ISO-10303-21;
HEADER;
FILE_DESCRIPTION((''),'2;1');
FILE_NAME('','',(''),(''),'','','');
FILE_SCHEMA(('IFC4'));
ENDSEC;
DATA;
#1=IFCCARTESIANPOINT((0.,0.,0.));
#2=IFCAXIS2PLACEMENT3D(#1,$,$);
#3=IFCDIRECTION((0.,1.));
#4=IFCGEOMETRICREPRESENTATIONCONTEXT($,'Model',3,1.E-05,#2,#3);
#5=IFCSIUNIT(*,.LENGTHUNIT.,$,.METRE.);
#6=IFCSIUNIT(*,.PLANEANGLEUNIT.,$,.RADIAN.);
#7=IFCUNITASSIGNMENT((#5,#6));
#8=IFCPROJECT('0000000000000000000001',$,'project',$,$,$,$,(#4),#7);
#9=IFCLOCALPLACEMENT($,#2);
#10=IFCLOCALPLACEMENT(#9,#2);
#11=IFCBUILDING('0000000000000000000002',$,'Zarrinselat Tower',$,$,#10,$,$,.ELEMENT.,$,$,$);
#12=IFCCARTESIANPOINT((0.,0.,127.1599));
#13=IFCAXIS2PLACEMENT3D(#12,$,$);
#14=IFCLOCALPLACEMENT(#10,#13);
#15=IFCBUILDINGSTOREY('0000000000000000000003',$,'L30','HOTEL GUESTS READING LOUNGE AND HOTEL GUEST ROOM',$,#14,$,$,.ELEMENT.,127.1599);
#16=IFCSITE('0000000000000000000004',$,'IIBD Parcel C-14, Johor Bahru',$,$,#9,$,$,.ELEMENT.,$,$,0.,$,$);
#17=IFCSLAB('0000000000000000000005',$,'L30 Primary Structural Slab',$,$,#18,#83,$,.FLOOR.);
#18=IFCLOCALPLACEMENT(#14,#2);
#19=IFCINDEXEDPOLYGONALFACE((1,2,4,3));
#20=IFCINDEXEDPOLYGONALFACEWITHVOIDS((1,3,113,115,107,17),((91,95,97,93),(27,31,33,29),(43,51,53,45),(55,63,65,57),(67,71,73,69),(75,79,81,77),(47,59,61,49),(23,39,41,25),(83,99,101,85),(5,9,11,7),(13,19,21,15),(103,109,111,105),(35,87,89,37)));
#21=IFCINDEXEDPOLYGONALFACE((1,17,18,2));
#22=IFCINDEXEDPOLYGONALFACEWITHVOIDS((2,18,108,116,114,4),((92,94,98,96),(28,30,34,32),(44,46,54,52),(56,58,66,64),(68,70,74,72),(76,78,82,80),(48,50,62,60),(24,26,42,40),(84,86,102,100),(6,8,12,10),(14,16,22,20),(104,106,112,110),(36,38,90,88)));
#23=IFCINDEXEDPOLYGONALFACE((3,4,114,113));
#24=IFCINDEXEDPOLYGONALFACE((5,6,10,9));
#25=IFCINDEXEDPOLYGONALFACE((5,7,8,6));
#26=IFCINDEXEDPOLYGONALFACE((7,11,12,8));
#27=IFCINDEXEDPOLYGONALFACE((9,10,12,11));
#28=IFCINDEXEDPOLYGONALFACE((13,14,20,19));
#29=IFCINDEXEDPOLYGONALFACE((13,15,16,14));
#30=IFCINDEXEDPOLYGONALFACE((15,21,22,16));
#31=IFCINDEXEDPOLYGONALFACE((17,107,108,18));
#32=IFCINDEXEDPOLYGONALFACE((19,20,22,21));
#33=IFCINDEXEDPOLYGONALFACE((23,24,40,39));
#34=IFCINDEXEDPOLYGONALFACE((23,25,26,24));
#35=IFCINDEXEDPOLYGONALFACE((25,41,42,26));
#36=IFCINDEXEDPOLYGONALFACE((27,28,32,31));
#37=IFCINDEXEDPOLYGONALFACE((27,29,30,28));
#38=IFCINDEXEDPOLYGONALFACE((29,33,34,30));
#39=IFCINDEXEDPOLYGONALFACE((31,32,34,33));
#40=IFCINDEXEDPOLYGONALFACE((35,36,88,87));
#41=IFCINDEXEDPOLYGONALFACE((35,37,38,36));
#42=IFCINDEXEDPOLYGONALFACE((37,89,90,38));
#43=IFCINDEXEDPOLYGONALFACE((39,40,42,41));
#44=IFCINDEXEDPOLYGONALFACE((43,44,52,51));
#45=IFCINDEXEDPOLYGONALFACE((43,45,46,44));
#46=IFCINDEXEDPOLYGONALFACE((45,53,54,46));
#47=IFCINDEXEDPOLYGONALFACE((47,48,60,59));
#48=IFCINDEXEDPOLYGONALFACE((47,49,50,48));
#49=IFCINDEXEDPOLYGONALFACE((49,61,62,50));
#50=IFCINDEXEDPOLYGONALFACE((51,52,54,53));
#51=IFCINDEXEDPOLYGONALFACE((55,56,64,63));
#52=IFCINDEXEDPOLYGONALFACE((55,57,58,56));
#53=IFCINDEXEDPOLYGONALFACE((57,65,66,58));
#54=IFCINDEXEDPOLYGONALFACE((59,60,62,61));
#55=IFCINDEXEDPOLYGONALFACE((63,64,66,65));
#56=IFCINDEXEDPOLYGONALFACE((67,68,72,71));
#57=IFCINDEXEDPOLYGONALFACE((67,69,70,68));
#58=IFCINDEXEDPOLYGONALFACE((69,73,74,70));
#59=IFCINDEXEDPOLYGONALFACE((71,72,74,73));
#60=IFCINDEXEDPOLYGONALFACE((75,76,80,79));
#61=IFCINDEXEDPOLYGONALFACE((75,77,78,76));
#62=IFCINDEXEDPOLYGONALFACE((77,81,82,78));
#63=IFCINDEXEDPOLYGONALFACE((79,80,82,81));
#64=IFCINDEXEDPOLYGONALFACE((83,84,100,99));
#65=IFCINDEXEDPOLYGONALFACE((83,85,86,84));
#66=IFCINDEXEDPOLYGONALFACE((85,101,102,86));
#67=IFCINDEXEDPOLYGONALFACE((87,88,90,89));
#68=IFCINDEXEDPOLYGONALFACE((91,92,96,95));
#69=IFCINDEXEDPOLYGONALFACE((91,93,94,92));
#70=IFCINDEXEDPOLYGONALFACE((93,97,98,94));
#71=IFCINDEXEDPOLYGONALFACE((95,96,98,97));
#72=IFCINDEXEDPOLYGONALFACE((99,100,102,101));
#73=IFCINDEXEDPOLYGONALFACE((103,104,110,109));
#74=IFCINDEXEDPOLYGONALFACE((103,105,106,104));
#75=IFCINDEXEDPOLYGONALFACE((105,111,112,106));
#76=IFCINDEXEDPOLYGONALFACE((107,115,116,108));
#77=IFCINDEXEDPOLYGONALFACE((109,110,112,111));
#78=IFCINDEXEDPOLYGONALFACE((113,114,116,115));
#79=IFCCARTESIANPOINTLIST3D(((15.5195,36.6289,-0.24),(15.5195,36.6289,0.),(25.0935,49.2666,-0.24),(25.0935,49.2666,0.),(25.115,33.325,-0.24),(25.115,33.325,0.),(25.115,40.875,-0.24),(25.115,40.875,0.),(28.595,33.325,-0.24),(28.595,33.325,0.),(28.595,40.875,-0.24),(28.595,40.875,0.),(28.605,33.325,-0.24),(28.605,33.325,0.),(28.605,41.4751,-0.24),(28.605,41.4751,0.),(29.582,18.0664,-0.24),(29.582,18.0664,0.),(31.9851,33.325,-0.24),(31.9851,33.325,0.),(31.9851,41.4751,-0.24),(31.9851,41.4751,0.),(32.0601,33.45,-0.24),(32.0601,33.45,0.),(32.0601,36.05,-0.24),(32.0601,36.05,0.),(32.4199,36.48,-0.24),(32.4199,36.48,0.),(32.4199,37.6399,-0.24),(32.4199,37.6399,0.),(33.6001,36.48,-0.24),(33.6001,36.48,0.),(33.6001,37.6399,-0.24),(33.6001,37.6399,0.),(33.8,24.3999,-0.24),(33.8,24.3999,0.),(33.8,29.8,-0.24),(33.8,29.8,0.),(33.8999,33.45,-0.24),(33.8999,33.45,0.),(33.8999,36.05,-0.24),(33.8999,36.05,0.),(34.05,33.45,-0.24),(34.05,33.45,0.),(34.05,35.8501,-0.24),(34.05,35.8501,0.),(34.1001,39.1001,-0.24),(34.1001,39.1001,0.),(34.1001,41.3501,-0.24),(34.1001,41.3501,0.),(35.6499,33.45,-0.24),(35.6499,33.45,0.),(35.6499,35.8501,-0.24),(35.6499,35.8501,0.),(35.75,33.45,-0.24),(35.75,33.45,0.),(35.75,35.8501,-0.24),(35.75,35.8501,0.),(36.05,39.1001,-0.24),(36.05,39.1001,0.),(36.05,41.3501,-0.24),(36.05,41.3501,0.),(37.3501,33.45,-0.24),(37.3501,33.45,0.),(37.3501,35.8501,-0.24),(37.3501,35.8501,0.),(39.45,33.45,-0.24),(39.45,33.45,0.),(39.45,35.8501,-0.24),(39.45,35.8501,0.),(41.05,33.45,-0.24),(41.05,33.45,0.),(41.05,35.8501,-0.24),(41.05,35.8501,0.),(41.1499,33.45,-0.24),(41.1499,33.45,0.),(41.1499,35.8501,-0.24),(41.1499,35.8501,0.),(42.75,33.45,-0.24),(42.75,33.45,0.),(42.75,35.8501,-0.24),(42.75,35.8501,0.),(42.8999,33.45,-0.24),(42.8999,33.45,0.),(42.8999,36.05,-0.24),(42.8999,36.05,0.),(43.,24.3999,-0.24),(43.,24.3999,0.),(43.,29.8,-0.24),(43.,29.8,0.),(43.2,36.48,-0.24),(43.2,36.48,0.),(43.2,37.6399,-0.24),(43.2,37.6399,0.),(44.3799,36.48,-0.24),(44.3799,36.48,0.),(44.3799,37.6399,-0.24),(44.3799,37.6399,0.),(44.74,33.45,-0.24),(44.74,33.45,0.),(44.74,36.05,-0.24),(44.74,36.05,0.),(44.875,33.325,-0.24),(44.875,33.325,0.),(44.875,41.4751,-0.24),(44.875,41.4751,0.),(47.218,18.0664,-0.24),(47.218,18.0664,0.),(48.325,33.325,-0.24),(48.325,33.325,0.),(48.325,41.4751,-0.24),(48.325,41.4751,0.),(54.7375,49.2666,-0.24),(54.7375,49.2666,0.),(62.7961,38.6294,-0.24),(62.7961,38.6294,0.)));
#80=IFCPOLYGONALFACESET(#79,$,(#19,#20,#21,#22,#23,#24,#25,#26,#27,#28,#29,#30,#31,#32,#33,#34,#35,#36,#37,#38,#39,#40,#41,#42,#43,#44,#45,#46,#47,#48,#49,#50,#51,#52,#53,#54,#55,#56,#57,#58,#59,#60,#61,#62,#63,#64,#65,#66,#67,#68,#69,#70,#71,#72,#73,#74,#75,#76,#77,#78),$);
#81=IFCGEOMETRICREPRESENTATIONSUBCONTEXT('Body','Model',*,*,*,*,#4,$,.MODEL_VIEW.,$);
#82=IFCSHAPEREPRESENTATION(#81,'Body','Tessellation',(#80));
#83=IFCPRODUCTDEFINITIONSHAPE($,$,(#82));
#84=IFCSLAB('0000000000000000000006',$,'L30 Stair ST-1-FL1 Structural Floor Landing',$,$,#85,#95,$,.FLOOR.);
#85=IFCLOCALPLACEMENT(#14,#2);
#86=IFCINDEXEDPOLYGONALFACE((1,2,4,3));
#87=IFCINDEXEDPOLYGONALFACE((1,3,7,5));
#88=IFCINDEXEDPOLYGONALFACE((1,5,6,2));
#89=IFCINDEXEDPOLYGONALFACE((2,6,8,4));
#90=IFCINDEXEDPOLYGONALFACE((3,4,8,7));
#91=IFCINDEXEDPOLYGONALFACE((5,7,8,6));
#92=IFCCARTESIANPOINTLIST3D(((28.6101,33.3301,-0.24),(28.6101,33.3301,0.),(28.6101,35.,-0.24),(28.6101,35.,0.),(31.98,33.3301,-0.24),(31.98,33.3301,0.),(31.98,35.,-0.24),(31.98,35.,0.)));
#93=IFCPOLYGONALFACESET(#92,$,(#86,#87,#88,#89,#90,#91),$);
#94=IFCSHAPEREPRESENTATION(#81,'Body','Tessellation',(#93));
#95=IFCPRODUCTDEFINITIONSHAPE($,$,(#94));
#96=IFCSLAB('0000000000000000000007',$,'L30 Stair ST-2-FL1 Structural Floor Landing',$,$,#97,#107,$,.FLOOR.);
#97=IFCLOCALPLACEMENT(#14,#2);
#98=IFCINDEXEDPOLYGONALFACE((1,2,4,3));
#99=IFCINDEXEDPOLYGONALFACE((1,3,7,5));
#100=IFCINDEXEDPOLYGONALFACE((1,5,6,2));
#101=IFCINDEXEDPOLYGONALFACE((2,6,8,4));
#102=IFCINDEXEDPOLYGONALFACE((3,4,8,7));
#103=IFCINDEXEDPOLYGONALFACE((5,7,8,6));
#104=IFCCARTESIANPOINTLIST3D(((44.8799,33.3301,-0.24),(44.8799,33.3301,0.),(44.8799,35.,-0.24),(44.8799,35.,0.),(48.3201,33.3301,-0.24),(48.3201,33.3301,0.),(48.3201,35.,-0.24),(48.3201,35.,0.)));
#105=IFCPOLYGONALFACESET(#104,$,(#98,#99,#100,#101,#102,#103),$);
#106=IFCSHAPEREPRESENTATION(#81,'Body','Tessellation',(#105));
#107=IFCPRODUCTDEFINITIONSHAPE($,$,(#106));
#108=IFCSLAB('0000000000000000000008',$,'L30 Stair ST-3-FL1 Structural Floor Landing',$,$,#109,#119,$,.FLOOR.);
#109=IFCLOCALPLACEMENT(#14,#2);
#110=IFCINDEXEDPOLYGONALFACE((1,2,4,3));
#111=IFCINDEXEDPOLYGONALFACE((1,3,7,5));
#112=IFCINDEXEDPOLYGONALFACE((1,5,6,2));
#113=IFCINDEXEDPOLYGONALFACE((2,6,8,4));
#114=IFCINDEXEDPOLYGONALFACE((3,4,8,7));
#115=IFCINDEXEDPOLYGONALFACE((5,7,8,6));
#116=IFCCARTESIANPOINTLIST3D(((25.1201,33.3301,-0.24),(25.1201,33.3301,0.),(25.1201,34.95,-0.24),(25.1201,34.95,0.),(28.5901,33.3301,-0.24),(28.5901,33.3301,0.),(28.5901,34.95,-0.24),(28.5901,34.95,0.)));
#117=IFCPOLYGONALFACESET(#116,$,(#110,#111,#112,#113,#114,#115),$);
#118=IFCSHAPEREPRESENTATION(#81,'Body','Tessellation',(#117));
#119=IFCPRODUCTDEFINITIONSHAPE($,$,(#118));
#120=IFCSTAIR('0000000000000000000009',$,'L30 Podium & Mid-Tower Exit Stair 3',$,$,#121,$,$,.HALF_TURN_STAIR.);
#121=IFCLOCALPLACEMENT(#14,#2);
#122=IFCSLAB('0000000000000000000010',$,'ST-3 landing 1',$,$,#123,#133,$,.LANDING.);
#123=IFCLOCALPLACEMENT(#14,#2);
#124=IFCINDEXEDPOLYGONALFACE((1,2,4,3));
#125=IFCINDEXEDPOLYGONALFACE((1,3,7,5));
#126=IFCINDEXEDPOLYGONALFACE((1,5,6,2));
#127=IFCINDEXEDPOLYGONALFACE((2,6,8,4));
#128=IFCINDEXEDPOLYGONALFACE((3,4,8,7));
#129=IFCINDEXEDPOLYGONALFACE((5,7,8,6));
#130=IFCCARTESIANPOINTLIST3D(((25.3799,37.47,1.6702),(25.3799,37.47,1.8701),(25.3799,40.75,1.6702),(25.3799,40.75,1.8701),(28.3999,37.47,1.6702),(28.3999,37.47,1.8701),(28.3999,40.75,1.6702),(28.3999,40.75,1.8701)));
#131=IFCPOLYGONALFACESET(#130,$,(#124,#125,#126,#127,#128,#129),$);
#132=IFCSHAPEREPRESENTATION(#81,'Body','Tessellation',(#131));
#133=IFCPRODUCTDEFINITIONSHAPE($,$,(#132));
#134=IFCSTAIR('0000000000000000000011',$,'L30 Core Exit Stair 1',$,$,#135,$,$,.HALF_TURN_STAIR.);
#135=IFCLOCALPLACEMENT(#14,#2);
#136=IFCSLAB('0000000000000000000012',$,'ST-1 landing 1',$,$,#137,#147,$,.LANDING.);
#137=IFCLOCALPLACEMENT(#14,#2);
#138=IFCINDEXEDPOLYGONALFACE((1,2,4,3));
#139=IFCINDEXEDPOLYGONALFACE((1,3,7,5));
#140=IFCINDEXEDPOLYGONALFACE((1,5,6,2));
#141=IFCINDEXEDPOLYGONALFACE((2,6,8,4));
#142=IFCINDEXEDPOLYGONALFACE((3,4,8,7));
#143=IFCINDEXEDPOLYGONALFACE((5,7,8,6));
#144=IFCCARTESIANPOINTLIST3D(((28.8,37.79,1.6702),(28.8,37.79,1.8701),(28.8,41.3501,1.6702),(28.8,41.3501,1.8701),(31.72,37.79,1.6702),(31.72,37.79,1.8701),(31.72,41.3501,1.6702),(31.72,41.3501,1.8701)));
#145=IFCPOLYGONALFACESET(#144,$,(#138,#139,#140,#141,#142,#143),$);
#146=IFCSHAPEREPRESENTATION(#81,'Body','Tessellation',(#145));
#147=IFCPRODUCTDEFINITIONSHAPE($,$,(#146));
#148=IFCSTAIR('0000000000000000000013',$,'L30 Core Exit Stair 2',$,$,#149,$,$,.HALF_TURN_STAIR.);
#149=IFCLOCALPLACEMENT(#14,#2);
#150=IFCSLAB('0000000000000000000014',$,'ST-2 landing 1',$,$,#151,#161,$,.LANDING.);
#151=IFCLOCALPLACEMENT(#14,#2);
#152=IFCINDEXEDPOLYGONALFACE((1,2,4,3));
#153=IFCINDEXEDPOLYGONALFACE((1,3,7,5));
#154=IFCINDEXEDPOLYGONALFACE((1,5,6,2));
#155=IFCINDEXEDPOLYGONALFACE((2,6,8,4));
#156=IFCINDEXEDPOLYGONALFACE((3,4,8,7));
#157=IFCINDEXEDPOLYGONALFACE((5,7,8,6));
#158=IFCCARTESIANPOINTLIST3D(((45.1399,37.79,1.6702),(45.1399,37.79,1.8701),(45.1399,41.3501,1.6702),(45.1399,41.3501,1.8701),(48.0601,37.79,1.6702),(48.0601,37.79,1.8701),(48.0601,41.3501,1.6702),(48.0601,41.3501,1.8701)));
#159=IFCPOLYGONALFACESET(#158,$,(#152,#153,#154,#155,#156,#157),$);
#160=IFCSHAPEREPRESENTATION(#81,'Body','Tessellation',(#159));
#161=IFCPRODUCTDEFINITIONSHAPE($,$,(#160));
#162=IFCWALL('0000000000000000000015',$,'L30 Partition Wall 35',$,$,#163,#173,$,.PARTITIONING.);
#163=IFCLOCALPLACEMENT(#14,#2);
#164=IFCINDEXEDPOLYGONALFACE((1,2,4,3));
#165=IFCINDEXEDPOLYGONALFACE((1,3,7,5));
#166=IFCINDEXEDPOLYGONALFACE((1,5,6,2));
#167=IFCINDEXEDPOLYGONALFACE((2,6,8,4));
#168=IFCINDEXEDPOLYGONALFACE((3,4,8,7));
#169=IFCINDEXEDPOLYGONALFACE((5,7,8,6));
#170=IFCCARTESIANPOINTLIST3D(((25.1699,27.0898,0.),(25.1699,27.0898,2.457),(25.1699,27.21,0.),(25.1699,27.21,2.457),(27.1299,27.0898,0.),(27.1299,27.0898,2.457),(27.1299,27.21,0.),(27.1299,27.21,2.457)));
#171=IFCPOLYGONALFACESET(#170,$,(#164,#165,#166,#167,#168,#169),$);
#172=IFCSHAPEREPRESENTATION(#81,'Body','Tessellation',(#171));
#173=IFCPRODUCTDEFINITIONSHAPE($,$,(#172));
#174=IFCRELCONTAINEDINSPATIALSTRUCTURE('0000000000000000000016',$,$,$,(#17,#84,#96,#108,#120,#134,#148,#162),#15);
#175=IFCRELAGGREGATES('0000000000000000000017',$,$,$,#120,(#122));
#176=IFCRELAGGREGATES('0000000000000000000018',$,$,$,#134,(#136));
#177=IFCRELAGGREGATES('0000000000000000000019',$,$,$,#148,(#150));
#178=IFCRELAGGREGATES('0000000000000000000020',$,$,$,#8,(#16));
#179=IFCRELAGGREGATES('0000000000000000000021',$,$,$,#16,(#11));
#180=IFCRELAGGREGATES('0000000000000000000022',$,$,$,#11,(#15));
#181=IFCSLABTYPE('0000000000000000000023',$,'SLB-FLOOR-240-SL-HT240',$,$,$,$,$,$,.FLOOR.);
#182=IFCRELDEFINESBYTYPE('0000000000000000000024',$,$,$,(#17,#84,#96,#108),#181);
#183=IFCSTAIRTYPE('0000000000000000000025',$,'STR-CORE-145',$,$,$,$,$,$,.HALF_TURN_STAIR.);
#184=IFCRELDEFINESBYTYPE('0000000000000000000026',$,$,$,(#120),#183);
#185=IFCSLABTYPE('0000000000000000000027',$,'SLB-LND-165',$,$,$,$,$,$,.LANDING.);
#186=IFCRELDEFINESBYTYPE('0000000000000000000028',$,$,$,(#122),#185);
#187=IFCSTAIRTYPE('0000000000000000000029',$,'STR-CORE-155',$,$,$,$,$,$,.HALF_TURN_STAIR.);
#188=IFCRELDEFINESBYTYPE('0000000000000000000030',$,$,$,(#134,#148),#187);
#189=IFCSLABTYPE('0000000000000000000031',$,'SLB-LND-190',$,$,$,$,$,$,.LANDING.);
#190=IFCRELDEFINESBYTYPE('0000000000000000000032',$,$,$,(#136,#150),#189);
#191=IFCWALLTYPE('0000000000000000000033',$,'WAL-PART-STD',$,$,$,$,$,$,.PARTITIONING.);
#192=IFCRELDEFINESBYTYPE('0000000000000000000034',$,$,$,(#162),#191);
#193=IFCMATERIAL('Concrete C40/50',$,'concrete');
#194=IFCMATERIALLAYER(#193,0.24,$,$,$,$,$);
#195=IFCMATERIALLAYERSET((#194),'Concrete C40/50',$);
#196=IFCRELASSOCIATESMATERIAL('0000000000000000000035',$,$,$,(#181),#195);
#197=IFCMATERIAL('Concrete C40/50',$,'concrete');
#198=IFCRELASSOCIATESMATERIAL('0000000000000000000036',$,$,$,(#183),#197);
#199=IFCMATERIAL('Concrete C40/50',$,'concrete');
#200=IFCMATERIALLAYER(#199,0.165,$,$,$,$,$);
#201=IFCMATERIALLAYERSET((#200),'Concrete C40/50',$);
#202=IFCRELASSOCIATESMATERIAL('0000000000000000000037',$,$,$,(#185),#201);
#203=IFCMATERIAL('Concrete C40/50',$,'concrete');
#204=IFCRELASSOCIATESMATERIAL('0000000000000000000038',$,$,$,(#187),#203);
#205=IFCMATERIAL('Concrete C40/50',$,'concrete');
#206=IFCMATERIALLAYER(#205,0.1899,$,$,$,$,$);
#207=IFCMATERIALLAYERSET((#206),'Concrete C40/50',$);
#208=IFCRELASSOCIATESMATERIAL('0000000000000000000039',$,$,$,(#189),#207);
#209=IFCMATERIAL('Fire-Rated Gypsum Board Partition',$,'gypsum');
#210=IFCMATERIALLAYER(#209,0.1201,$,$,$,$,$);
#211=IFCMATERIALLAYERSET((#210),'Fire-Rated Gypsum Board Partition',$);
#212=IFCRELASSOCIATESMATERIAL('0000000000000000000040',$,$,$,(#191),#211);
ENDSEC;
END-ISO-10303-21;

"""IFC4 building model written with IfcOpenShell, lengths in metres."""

from ifc_helpers import new_model, si_unit, direction, frame, frame_2d, origin, place, context, subcontext, project, spatial, polyline, rectangle, outline, extrude, material, layer, layer_set, type_object, element, aggregate, save


model = new_model("IFC4")

# Units and contexts
model_context = context("Model", 3, precision=1e-05, world=origin(), true_north=direction((0.0, 1.0)))
body_context = subcontext(model_context, "Body", "Model", "MODEL_VIEW")
ifc_project = project(units=[si_unit("LENGTHUNIT", "METRE"), si_unit("PLANEANGLEUNIT", "RADIAN")], contexts=[model_context])

# Site, building, storey
site_placement = place(None, origin())
site = spatial("IfcSite", under=ifc_project, at=site_placement, Name="IIBD Parcel C-14, Johor Bahru", CompositionType="ELEMENT", RefElevation=0.0)
building_placement = place(site_placement, origin())
building = spatial("IfcBuilding", under=site, at=building_placement, Name="Zarrinselat Tower", CompositionType="ELEMENT")
storey_placement = place(building_placement, frame((0.0, 0.0, 127.1599)))
storey = spatial("IfcBuildingStorey", under=building, at=storey_placement, Name="L30", Description="HOTEL GUESTS READING LOUNGE AND HOTEL GUEST ROOM", CompositionType="ELEMENT", Elevation=127.1599)

# Slabs
ifc_material_1 = material(Name="Concrete C40/50", Category="concrete")
ifc_layer_1 = layer(ifc_material_1, 0.24)
ifc_layer_set_1 = layer_set([ifc_layer_1], Name="Concrete C40/50")
slab_type_1 = type_object("IfcSlabType", Name="SLB-FLOOR-240-SL-HT240", PredefinedType="FLOOR", material=ifc_layer_set_1)
slab_1_placement = place(storey_placement, frame((0.0, 0.0, -0.24)))
element("IfcSlab", 1, at=slab_1_placement, inside=storey, type_object=slab_type_1, Name="L30 Primary Structural Slab", PredefinedType="FLOOR", context=body_context, shape_type="SweptSolid", body=[
    extrude(outline(polyline([(54.7375, 49.2666), (25.0935, 49.2666), (15.5195, 36.6289), (29.582, 18.0664), (47.218, 18.0664), (62.7961, 38.6294), (54.7375, 49.2666)]), holes=[polyline([(35.6499, 33.45), (34.05, 33.45), (34.05, 35.8501), (35.6499, 35.8501), (35.6499, 33.45)]), polyline([(35.75, 33.45), (35.75, 35.8501), (37.3501, 35.8501), (37.3501, 33.45), (35.75, 33.45)]), polyline([(32.0601, 33.45), (32.0601, 36.05), (33.8999, 36.05), (33.8999, 33.45), (32.0601, 33.45)]), polyline([(33.6001, 36.48), (32.4199, 36.48), (32.4199, 37.6399), (33.6001, 37.6399), (33.6001, 36.48)]), polyline([(28.595, 33.325), (25.115, 33.325), (25.115, 40.875), (28.595, 40.875), (28.595, 33.325)]), polyline([(31.9851, 33.325), (28.605, 33.325), (28.605, 41.4751), (31.9851, 41.4751), (31.9851, 33.325)]), polyline([(36.05, 39.1001), (34.1001, 39.1001), (34.1001, 41.3501), (36.05, 41.3501), (36.05, 39.1001)]), polyline([(33.8, 24.3999), (33.8, 29.8), (43.0, 29.8), (43.0, 24.3999), (33.8, 24.3999)]), polyline([(39.45, 33.45), (39.45, 35.8501), (41.05, 35.8501), (41.05, 33.45), (39.45, 33.45)]), polyline([(41.1499, 33.45), (41.1499, 35.8501), (42.75, 35.8501), (42.75, 33.45), (41.1499, 33.45)]), polyline([(42.8999, 33.45), (42.8999, 36.05), (44.74, 36.05), (44.74, 33.45), (42.8999, 33.45)]), polyline([(43.2, 36.48), (43.2, 37.6399), (44.3799, 37.6399), (44.3799, 36.48), (43.2, 36.48)]), polyline([(48.325, 33.325), (44.875, 33.325), (44.875, 41.4751), (48.325, 41.4751), (48.325, 33.325)])]), origin(), (0.0, 0.0, 1.0), 0.24),
])
slab_2_placement = place(storey_placement, frame((0.0, 0.0, -0.24)))
element("IfcSlab", 2, at=slab_2_placement, inside=storey, type_object=slab_type_1, Name="L30 Stair ST-1-FL1 Structural Floor Landing", PredefinedType="FLOOR", context=body_context, shape_type="SweptSolid", body=[
    extrude(outline(polyline([(31.98, 33.3301), (31.98, 35.0), (28.6101, 35.0), (28.6101, 33.3301), (31.98, 33.3301)])), origin(), (0.0, 0.0, 1.0), 0.24),
])
slab_3_placement = place(storey_placement, frame((0.0, 0.0, -0.24)))
element("IfcSlab", 3, at=slab_3_placement, inside=storey, type_object=slab_type_1, Name="L30 Stair ST-2-FL1 Structural Floor Landing", PredefinedType="FLOOR", context=body_context, shape_type="SweptSolid", body=[
    extrude(outline(polyline([(48.3201, 33.3301), (48.3201, 35.0), (44.8799, 35.0), (44.8799, 33.3301), (48.3201, 33.3301)])), origin(), (0.0, 0.0, 1.0), 0.24),
])
slab_4_placement = place(storey_placement, frame((0.0, 0.0, -0.24)))
element("IfcSlab", 4, at=slab_4_placement, inside=storey, type_object=slab_type_1, Name="L30 Stair ST-3-FL1 Structural Floor Landing", PredefinedType="FLOOR", context=body_context, shape_type="SweptSolid", body=[
    extrude(outline(polyline([(28.5901, 33.3301), (28.5901, 34.95), (25.1201, 34.95), (25.1201, 33.3301), (28.5901, 33.3301)])), origin(), (0.0, 0.0, 1.0), 0.24),
])

# Stairs, slabs
ifc_material_2 = material(Name="Concrete C40/50", Category="concrete")
stair_type_1 = type_object("IfcStairType", Name="STR-CORE-145", PredefinedType="HALF_TURN_STAIR", material=ifc_material_2)
stair_1_placement = place(storey_placement, origin())
stair_1 = element("IfcStair", 5, at=stair_1_placement, inside=storey, type_object=stair_type_1, Name="L30 Podium & Mid-Tower Exit Stair 3", PredefinedType="HALF_TURN_STAIR")
ifc_material_3 = material(Name="Concrete C40/50", Category="concrete")
ifc_layer_2 = layer(ifc_material_3, 0.165)
ifc_layer_set_2 = layer_set([ifc_layer_2], Name="Concrete C40/50")
slab_type_2 = type_object("IfcSlabType", Name="SLB-LND-165", PredefinedType="LANDING", material=ifc_layer_set_2)
slab_5_placement = place(storey_placement, frame((0.0, 0.0, 1.6702)))
slab_5 = element("IfcSlab", 6, at=slab_5_placement, type_object=slab_type_2, Name="ST-3 landing 1", PredefinedType="LANDING", context=body_context, shape_type="SweptSolid", body=[
    extrude(outline(polyline([(28.3999, 37.47), (28.3999, 40.75), (25.3799, 40.75), (25.3799, 37.47), (28.3999, 37.47)])), origin(), (0.0, 0.0, 1.0), 0.2),
])
aggregate(stair_1, [slab_5])
ifc_material_4 = material(Name="Concrete C40/50", Category="concrete")
stair_type_2 = type_object("IfcStairType", Name="STR-CORE-155", PredefinedType="HALF_TURN_STAIR", material=ifc_material_4)
stair_2_placement = place(storey_placement, origin())
stair_2 = element("IfcStair", 7, at=stair_2_placement, inside=storey, type_object=stair_type_2, Name="L30 Core Exit Stair 1", PredefinedType="HALF_TURN_STAIR")
ifc_material_5 = material(Name="Concrete C40/50", Category="concrete")
ifc_layer_3 = layer(ifc_material_5, 0.1899)
ifc_layer_set_3 = layer_set([ifc_layer_3], Name="Concrete C40/50")
slab_type_3 = type_object("IfcSlabType", Name="SLB-LND-190", PredefinedType="LANDING", material=ifc_layer_set_3)
slab_6_placement = place(storey_placement, frame((0.0, 0.0, 1.6702)))
slab_6 = element("IfcSlab", 8, at=slab_6_placement, type_object=slab_type_3, Name="ST-1 landing 1", PredefinedType="LANDING", context=body_context, shape_type="SweptSolid", body=[
    extrude(outline(polyline([(31.72, 37.79), (31.72, 41.3501), (28.8, 41.3501), (28.8, 37.79), (31.72, 37.79)])), origin(), (0.0, 0.0, 1.0), 0.2),
])
aggregate(stair_2, [slab_6])
stair_3_placement = place(storey_placement, origin())
stair_3 = element("IfcStair", 9, at=stair_3_placement, inside=storey, type_object=stair_type_2, Name="L30 Core Exit Stair 2", PredefinedType="HALF_TURN_STAIR")
slab_7_placement = place(storey_placement, frame((0.0, 0.0, 1.6702)))
slab_7 = element("IfcSlab", 10, at=slab_7_placement, type_object=slab_type_3, Name="ST-2 landing 1", PredefinedType="LANDING", context=body_context, shape_type="SweptSolid", body=[
    extrude(outline(polyline([(48.0601, 37.79), (48.0601, 41.3501), (45.1399, 41.3501), (45.1399, 37.79), (48.0601, 37.79)])), origin(), (0.0, 0.0, 1.0), 0.2),
])
aggregate(stair_3, [slab_7])

# Wall
ifc_material_6 = material(Name="Fire-Rated Gypsum Board Partition", Category="gypsum")
ifc_layer_4 = layer(ifc_material_6, 0.1201)
ifc_layer_set_4 = layer_set([ifc_layer_4], Name="Fire-Rated Gypsum Board Partition")
wall_type_1 = type_object("IfcWallType", Name="WAL-PART-STD", PredefinedType="PARTITIONING", material=ifc_layer_set_4)
wall_1_placement = place(storey_placement, frame((25.1699, 27.1499, 0.0), z_axis=(0.0, 0.0, 1.0), x_axis=(1.0, 0.0, 0.0)))
element("IfcWall", 11, at=wall_1_placement, inside=storey, type_object=wall_type_1, Name="L30 Partition Wall 35", PredefinedType="PARTITIONING", context=body_context, shape_type="SweptSolid", body=[
    extrude(rectangle(XDim=1.96, YDim=0.1201, at=frame_2d((0.98, 0.0))), origin(), (0.0, 0.0, 1.0), 2.457),
])

save(model, "model.ifc")
